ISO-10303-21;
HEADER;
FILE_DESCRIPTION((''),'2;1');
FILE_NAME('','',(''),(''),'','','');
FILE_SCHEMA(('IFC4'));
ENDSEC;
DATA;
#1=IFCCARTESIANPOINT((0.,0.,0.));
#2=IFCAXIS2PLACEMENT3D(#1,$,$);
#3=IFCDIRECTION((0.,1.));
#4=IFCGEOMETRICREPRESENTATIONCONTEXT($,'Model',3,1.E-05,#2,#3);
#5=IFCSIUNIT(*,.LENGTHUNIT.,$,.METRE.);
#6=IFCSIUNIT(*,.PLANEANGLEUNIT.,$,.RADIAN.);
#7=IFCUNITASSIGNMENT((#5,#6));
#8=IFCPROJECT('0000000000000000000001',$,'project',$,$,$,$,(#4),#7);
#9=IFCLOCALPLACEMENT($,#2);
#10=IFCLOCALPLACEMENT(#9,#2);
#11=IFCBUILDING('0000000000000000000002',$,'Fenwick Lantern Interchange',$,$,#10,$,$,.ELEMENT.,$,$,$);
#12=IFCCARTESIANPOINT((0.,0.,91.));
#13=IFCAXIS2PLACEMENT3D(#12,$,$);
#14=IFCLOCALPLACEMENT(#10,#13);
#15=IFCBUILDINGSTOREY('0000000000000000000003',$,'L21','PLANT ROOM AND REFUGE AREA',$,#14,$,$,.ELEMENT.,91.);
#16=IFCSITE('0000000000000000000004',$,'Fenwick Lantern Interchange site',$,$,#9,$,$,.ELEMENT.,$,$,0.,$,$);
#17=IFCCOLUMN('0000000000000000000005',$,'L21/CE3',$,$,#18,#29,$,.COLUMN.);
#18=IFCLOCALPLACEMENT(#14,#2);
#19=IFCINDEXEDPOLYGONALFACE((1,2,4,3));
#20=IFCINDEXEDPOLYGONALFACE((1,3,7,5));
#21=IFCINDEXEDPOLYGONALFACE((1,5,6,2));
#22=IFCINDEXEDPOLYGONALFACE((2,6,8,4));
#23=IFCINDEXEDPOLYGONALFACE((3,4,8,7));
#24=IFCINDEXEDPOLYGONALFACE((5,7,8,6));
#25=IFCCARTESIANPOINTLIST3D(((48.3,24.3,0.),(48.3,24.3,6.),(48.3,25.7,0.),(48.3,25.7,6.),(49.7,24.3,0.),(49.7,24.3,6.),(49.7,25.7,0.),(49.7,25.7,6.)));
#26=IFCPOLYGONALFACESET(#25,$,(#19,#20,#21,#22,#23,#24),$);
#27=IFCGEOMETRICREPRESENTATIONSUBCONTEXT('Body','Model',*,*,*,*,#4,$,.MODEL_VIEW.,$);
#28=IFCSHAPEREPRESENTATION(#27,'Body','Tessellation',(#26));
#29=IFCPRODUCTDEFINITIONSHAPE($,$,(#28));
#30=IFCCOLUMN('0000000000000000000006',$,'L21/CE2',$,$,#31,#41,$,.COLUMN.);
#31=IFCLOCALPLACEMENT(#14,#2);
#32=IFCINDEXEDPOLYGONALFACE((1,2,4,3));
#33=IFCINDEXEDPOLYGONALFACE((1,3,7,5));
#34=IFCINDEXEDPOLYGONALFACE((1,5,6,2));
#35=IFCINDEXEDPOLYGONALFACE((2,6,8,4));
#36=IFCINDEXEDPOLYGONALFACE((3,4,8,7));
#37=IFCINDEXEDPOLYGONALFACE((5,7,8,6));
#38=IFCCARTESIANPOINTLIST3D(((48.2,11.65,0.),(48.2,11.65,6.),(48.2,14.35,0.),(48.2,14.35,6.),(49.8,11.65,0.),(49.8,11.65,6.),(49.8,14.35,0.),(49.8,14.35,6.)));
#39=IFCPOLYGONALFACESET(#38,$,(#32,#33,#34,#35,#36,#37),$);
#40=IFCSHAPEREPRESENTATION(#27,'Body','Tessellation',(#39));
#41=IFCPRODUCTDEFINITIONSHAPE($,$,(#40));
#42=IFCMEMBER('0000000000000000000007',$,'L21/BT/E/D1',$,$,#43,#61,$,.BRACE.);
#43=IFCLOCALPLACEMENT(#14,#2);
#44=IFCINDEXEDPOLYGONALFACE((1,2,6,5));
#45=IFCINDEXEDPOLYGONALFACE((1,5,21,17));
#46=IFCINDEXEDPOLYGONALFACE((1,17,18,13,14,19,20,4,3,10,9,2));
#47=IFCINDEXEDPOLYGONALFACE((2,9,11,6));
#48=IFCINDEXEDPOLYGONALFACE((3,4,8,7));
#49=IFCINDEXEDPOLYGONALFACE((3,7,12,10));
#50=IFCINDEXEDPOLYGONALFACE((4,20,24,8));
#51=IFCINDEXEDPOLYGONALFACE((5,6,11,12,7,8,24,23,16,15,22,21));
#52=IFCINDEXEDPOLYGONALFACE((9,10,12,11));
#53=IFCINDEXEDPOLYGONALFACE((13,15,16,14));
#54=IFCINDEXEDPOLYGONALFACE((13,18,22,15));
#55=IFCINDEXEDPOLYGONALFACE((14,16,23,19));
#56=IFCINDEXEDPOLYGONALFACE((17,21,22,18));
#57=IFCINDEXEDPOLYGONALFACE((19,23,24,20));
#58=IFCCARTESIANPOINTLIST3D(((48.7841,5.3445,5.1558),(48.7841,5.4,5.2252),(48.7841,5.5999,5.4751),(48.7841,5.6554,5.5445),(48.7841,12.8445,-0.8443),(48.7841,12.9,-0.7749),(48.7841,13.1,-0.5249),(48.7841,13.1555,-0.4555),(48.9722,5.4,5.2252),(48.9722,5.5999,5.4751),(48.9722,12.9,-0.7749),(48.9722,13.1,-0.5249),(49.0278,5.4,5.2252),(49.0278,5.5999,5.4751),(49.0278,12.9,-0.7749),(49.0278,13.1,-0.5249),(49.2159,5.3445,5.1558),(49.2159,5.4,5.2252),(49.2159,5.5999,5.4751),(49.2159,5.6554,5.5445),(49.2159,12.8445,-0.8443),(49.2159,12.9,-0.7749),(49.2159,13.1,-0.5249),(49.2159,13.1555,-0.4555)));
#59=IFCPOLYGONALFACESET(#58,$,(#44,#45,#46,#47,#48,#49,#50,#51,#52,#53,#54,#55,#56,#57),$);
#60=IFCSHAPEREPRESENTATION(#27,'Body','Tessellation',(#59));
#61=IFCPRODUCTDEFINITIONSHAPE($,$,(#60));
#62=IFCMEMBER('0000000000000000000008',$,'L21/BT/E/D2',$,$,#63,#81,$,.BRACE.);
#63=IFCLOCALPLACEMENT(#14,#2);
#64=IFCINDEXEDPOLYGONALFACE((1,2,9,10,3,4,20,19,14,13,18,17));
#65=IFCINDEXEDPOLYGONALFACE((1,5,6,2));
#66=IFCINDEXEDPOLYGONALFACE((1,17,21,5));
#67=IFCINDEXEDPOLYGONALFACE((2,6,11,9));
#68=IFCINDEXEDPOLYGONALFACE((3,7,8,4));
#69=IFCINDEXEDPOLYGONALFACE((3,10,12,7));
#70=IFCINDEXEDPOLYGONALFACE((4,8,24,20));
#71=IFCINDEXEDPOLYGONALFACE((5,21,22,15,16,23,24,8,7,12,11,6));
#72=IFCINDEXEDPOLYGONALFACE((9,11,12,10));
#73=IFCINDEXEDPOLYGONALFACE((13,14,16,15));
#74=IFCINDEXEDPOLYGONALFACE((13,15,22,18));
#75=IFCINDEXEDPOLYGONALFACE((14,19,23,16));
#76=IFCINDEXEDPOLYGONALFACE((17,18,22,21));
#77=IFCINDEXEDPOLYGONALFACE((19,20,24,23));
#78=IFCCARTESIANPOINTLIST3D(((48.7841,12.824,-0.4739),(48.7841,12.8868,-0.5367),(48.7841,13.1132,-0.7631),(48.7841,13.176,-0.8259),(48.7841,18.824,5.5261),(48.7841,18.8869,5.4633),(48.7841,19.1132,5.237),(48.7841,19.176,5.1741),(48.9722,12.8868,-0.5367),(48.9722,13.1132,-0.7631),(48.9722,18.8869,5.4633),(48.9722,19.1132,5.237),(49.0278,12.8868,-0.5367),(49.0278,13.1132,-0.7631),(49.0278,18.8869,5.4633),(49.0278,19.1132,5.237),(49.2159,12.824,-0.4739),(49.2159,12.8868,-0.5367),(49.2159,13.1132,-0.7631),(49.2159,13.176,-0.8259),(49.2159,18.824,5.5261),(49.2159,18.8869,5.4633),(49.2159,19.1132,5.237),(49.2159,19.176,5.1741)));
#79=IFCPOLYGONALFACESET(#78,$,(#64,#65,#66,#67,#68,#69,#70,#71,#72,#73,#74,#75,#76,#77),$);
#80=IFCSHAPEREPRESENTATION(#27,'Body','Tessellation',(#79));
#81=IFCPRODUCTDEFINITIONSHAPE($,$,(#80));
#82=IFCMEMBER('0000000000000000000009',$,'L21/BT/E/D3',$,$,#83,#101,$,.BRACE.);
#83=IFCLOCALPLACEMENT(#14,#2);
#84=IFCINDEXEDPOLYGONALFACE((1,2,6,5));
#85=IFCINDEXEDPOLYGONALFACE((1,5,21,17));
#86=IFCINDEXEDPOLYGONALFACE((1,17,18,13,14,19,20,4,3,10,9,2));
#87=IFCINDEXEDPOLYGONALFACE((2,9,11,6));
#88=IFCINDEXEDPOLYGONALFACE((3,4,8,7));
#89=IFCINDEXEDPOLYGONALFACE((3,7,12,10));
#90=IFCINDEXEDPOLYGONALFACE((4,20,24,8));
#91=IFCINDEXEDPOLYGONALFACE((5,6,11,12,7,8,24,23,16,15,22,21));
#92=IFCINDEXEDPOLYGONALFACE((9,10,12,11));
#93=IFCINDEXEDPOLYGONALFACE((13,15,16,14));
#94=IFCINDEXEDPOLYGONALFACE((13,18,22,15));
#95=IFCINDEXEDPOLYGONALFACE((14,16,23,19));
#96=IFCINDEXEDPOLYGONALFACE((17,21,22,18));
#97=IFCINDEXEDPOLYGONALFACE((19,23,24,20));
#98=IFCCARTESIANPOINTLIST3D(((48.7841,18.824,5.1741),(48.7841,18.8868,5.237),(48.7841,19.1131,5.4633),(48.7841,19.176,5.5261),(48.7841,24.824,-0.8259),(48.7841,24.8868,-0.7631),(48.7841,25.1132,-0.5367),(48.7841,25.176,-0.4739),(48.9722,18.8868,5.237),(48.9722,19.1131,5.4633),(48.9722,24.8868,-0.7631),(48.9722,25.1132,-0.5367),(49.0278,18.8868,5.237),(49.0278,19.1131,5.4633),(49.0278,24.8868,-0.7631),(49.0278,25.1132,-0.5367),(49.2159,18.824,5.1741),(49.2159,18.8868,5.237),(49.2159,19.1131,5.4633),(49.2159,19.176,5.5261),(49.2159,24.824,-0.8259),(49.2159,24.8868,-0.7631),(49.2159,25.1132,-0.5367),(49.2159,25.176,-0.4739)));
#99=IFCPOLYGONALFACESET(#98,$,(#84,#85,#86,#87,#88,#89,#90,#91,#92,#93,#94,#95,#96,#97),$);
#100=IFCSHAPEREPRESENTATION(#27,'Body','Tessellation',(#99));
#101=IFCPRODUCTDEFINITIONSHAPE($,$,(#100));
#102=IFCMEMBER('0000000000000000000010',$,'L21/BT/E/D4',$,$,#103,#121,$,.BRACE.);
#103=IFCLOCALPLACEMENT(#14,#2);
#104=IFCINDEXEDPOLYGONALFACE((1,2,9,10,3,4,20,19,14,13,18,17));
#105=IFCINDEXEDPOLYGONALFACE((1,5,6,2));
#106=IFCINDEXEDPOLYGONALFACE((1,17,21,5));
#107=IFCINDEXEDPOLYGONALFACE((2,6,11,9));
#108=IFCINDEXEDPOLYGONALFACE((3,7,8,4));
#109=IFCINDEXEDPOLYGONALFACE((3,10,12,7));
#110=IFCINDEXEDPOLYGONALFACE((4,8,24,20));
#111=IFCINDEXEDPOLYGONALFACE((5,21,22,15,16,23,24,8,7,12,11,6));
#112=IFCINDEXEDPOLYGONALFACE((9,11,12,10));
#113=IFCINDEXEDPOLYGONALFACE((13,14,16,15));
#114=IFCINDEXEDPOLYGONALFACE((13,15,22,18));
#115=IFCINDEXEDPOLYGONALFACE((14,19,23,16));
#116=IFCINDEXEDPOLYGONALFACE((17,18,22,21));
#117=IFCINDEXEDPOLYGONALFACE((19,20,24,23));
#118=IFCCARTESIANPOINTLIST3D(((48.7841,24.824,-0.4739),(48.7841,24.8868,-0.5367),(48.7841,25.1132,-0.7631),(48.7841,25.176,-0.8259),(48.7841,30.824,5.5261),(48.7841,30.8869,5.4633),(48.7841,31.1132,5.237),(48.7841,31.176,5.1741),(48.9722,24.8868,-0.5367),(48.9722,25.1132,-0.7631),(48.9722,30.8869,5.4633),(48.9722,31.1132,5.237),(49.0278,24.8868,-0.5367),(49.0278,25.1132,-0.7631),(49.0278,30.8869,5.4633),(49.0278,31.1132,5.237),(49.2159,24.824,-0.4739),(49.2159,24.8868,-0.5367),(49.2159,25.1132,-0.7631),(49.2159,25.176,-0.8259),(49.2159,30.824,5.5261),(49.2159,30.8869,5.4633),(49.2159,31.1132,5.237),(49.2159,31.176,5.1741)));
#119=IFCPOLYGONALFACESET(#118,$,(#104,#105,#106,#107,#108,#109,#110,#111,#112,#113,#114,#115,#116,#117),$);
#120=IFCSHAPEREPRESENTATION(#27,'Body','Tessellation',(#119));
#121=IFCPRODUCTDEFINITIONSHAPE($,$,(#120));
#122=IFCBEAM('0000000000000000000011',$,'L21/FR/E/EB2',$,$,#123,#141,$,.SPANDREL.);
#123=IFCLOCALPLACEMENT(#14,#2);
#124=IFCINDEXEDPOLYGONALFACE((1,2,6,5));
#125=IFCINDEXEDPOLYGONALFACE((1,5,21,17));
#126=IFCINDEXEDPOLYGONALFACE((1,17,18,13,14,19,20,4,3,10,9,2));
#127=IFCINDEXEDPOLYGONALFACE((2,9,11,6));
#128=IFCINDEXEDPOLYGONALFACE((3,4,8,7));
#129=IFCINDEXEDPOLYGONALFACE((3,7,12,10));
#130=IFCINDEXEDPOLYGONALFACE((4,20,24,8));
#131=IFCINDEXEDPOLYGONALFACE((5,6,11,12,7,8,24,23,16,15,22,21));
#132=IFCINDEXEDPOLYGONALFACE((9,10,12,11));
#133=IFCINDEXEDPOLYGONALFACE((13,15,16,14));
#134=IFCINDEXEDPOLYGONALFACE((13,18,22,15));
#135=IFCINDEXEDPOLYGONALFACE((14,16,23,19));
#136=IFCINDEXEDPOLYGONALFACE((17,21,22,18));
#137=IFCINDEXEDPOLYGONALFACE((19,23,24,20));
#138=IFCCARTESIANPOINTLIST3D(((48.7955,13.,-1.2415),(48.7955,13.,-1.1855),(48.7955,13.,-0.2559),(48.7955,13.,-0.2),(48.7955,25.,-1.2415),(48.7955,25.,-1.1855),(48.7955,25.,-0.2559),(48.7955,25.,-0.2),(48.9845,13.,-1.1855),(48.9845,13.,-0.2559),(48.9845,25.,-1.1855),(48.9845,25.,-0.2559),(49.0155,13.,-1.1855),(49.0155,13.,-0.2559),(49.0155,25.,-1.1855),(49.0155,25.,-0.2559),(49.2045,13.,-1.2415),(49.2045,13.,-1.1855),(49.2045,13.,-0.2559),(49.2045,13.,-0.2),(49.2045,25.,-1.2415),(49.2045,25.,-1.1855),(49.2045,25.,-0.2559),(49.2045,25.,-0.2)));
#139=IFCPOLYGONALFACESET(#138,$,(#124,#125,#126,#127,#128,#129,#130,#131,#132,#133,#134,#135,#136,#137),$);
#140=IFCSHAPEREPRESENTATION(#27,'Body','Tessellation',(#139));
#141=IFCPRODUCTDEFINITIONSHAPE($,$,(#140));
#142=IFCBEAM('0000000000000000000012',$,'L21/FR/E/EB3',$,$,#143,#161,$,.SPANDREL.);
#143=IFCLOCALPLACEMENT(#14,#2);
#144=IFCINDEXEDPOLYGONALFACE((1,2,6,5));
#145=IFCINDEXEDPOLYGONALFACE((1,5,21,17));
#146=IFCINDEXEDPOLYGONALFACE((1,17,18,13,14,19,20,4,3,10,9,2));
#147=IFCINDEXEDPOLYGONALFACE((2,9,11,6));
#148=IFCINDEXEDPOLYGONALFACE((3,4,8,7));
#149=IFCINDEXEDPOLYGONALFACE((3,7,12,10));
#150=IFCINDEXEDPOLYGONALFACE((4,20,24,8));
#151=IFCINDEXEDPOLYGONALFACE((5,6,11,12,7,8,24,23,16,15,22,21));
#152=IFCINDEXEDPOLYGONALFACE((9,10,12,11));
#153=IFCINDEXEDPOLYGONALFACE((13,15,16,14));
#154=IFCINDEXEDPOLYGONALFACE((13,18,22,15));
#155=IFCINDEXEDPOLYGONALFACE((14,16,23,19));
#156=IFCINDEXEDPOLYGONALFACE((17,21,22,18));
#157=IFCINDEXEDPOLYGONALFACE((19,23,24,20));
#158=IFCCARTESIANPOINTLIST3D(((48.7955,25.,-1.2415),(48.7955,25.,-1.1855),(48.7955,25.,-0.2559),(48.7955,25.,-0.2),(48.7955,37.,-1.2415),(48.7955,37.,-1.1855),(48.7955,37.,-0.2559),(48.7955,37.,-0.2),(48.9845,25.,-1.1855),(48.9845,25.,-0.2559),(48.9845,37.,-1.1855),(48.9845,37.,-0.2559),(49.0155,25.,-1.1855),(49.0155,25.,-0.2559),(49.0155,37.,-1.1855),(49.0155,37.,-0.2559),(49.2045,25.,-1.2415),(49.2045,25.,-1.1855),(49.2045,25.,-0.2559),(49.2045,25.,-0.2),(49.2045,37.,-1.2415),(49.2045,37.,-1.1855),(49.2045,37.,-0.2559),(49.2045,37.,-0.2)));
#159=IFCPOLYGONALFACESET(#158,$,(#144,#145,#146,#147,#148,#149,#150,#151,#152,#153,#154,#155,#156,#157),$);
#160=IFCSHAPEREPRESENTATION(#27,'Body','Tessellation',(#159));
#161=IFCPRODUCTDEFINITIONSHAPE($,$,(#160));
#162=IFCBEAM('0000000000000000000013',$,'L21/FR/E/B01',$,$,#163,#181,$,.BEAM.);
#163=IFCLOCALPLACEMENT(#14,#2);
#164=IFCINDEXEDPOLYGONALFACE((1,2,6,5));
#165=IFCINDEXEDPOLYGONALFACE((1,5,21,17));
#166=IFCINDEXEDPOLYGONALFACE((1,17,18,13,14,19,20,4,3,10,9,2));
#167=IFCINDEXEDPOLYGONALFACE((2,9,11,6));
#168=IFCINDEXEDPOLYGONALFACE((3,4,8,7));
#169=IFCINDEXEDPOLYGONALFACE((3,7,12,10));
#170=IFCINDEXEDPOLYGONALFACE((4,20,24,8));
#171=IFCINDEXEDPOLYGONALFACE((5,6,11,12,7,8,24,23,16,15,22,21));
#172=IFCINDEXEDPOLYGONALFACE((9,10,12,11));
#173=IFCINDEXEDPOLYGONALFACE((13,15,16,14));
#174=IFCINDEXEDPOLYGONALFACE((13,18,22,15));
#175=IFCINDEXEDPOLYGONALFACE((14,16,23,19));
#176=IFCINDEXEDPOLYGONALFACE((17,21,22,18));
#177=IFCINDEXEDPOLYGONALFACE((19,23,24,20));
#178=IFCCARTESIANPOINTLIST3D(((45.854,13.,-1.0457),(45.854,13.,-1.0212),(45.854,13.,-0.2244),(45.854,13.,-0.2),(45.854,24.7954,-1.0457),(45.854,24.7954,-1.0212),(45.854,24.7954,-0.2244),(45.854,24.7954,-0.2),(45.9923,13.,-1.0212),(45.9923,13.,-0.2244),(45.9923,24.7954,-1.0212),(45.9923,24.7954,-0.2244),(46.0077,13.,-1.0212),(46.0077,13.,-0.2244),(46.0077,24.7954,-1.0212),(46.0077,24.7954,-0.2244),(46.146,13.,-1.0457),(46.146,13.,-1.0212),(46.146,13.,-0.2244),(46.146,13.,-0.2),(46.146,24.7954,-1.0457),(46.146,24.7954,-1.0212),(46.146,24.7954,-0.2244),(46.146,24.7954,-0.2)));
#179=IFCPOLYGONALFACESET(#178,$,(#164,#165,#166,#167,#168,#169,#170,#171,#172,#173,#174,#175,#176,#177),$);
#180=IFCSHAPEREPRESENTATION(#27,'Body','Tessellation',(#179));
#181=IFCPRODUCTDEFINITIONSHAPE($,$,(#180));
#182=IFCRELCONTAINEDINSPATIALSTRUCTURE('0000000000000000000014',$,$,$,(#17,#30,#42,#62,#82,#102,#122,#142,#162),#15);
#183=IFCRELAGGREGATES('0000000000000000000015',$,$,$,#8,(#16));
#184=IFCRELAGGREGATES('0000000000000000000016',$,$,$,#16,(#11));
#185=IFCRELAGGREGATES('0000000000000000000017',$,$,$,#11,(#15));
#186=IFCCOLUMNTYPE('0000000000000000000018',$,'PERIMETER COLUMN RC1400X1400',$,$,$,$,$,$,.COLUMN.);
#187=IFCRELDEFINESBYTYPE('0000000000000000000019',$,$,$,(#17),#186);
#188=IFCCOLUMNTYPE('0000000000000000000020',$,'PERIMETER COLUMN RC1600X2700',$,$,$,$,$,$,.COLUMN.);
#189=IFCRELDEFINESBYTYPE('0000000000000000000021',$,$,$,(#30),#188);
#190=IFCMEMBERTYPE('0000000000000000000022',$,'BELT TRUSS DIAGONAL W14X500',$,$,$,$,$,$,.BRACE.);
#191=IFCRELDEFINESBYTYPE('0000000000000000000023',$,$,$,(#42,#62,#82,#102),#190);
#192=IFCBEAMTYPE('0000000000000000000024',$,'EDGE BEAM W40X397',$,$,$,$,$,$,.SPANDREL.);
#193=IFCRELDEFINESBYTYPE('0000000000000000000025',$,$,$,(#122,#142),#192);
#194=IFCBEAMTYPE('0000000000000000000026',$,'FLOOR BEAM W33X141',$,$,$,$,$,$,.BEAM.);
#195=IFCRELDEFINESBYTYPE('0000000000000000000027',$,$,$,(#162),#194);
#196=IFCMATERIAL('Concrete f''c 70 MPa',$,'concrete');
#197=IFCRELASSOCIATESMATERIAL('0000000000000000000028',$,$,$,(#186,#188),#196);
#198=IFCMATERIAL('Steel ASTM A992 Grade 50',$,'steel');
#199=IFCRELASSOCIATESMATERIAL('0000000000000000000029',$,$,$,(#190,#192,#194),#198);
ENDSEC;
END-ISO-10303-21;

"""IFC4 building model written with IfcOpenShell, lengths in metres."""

from ifc_helpers import new_model, si_unit, direction, frame, origin, origin_2d, place, context, subcontext, project, spatial, rectangle, i_section, extrude, material, material_profile, profile_set, type_object, element, save


model = new_model("IFC4")

# Units and contexts
model_context = context("Model", 3, precision=1e-05, world=origin(), true_north=direction((0.0, 1.0)))
body_context = subcontext(model_context, "Body", "Model", "MODEL_VIEW")
ifc_project = project(units=[si_unit("LENGTHUNIT", "METRE"), si_unit("PLANEANGLEUNIT", "RADIAN")], contexts=[model_context])

# Site, building, storey
site_placement = place(None, origin())
site = spatial("IfcSite", under=ifc_project, at=site_placement, Name="Fenwick Lantern Interchange site", CompositionType="ELEMENT", RefElevation=0.0)
building_placement = place(site_placement, origin())
building = spatial("IfcBuilding", under=site, at=building_placement, Name="Fenwick Lantern Interchange", CompositionType="ELEMENT")
storey_placement = place(building_placement, frame((0.0, 0.0, 91.0)))
storey = spatial("IfcBuildingStorey", under=building, at=storey_placement, Name="L21", Description="PLANT ROOM AND REFUGE AREA", CompositionType="ELEMENT", Elevation=91.0)

# Columns
ifc_material_1 = material(Name="Concrete f'c 70 MPa", Category="concrete")
ifc_material_profile_1 = material_profile(ifc_material_1, rectangle(XDim=1.3999, YDim=1.3999, at=origin_2d()), Name="RC1400X1400")
ifc_profile_set_1 = profile_set([ifc_material_profile_1], Name="Concrete f'c 70 MPa")
column_type_1 = type_object("IfcColumnType", Name="PERIMETER COLUMN RC1400X1400", PredefinedType="COLUMN", material=ifc_profile_set_1)
column_1_placement = place(storey_placement, frame((49.0, 25.0, 0.0), z_axis=(0.0, 0.0, 1.0), x_axis=(1.0, 0.0, 0.0)))
element("IfcColumn", 1, at=column_1_placement, inside=storey, type_object=column_type_1, Name="L21/CE3", PredefinedType="COLUMN", context=body_context, shape_type="SweptSolid", body=[
    extrude(rectangle(XDim=1.3999, YDim=1.3999, at=origin_2d()), origin(), (0.0, 0.0, 1.0), 6.0),
])
ifc_material_profile_2 = material_profile(ifc_material_1, rectangle(XDim=1.6001, YDim=2.7, at=origin_2d()), Name="RC1600X2700")
ifc_profile_set_2 = profile_set([ifc_material_profile_2], Name="Concrete f'c 70 MPa")
column_type_2 = type_object("IfcColumnType", Name="PERIMETER COLUMN RC1600X2700", PredefinedType="COLUMN", material=ifc_profile_set_2)
column_2_placement = place(storey_placement, frame((49.0, 13.0, 0.0), z_axis=(0.0, 0.0, 1.0), x_axis=(1.0, 0.0, 0.0)))
element("IfcColumn", 2, at=column_2_placement, inside=storey, type_object=column_type_2, Name="L21/CE2", PredefinedType="COLUMN", context=body_context, shape_type="SweptSolid", body=[
    extrude(rectangle(XDim=1.6001, YDim=2.7, at=origin_2d()), origin(), (0.0, 0.0, 1.0), 6.0),
])

# Members
ifc_material_2 = material(Name="Steel ASTM A992 Grade 50", Category="steel")
ifc_material_profile_3 = material_profile(ifc_material_2, i_section(OverallWidth=0.4319, OverallDepth=0.4978, WebThickness=0.0557, FlangeThickness=0.0889, at=origin_2d()), Name="W14X500")
ifc_profile_set_3 = profile_set([ifc_material_profile_3], Name="Steel ASTM A992 Grade 50")
member_type_1 = type_object("IfcMemberType", Name="BELT TRUSS DIAGONAL W14X500", PredefinedType="BRACE", material=ifc_profile_set_3)
member_1_placement = place(storey_placement, frame((49.0, 13.0, -0.6499), z_axis=(0.0, -0.780869, 0.624695), x_axis=(1.0, 0.0, 0.0)))
element("IfcMember", 3, at=member_1_placement, inside=storey, type_object=member_type_1, Name="L21/BT/E/D1", PredefinedType="BRACE", context=body_context, shape_type="SweptSolid", body=[
    extrude(i_section(OverallWidth=0.4319, OverallDepth=0.4978, WebThickness=0.0557, FlangeThickness=0.0889, at=origin_2d()), origin(), (0.0, 0.0, 1.0), 9.6047),
])
for number, where, z_axis, x_axis, name in (
    (4, (49.0, 13.0, -0.6499), (0.0, 0.707107, 0.707107), (-1.0, 0.0, 0.0), "L21/BT/E/D2"),
    (5, (49.0, 25.0, -0.6499), (0.0, -0.707107, 0.707107), (1.0, 0.0, 0.0), "L21/BT/E/D3"),
    (6, (49.0, 25.0, -0.6499), (0.0, 0.707107, 0.707107), (-1.0, 0.0, 0.0), "L21/BT/E/D4"),
):
    element("IfcMember", number, at=place(storey_placement, frame(where, z_axis=z_axis, x_axis=x_axis)), inside=storey, type_object=member_type_1, Name=name, PredefinedType="BRACE", context=body_context, shape_type="SweptSolid", body=[
        extrude(i_section(OverallWidth=0.4319, OverallDepth=0.4978, WebThickness=0.0557, FlangeThickness=0.0889, at=origin_2d()), origin(), (0.0, 0.0, 1.0), 8.4854),
    ])

# Beams
ifc_material_profile_4 = material_profile(ifc_material_2, i_section(OverallWidth=0.4089, OverallDepth=1.0415, WebThickness=0.031, FlangeThickness=0.0559, at=origin_2d()), Name="W40X397")
ifc_profile_set_4 = profile_set([ifc_material_profile_4], Name="Steel ASTM A992 Grade 50")
beam_type_1 = type_object("IfcBeamType", Name="EDGE BEAM W40X397", PredefinedType="SPANDREL", material=ifc_profile_set_4)
for number, where, z_axis, x_axis, name in (
    (7, (49.0, 13.0, -0.7207), (0.0, 1.0, 0.0), (-1.0, 0.0, 0.0), "L21/FR/E/EB2"),
    (8, (49.0, 25.0, -0.7207), (0.0, 1.0, 0.0), (-1.0, 0.0, 0.0), "L21/FR/E/EB3"),
):
    element("IfcBeam", number, at=place(storey_placement, frame(where, z_axis=z_axis, x_axis=x_axis)), inside=storey, type_object=beam_type_1, Name=name, PredefinedType="SPANDREL", context=body_context, shape_type="SweptSolid", body=[
        extrude(i_section(OverallWidth=0.4089, OverallDepth=1.0415, WebThickness=0.031, FlangeThickness=0.0559, at=origin_2d()), origin(), (0.0, 0.0, 1.0), 12.0),
    ])
ifc_material_profile_5 = material_profile(ifc_material_2, i_section(OverallWidth=0.292, OverallDepth=0.8457, WebThickness=0.0154, FlangeThickness=0.0244, at=origin_2d()), Name="W33X141")
ifc_profile_set_5 = profile_set([ifc_material_profile_5], Name="Steel ASTM A992 Grade 50")
beam_type_2 = type_object("IfcBeamType", Name="FLOOR BEAM W33X141", PredefinedType="BEAM", material=ifc_profile_set_5)
for number, where, z_axis, x_axis, name in (
    (9, (46.0, 13.0, -0.6228), (0.0, 1.0, 0.0), (-1.0, 0.0, 0.0), "L21/FR/E/B01"),
):
    element("IfcBeam", number, at=place(storey_placement, frame(where, z_axis=z_axis, x_axis=x_axis)), inside=storey, type_object=beam_type_2, Name=name, PredefinedType="BEAM", context=body_context, shape_type="SweptSolid", body=[
        extrude(i_section(OverallWidth=0.292, OverallDepth=0.8457, WebThickness=0.0154, FlangeThickness=0.0244, at=origin_2d()), origin(), (0.0, 0.0, 1.0), 11.7954),
    ])

save(model, "model.ifc")
